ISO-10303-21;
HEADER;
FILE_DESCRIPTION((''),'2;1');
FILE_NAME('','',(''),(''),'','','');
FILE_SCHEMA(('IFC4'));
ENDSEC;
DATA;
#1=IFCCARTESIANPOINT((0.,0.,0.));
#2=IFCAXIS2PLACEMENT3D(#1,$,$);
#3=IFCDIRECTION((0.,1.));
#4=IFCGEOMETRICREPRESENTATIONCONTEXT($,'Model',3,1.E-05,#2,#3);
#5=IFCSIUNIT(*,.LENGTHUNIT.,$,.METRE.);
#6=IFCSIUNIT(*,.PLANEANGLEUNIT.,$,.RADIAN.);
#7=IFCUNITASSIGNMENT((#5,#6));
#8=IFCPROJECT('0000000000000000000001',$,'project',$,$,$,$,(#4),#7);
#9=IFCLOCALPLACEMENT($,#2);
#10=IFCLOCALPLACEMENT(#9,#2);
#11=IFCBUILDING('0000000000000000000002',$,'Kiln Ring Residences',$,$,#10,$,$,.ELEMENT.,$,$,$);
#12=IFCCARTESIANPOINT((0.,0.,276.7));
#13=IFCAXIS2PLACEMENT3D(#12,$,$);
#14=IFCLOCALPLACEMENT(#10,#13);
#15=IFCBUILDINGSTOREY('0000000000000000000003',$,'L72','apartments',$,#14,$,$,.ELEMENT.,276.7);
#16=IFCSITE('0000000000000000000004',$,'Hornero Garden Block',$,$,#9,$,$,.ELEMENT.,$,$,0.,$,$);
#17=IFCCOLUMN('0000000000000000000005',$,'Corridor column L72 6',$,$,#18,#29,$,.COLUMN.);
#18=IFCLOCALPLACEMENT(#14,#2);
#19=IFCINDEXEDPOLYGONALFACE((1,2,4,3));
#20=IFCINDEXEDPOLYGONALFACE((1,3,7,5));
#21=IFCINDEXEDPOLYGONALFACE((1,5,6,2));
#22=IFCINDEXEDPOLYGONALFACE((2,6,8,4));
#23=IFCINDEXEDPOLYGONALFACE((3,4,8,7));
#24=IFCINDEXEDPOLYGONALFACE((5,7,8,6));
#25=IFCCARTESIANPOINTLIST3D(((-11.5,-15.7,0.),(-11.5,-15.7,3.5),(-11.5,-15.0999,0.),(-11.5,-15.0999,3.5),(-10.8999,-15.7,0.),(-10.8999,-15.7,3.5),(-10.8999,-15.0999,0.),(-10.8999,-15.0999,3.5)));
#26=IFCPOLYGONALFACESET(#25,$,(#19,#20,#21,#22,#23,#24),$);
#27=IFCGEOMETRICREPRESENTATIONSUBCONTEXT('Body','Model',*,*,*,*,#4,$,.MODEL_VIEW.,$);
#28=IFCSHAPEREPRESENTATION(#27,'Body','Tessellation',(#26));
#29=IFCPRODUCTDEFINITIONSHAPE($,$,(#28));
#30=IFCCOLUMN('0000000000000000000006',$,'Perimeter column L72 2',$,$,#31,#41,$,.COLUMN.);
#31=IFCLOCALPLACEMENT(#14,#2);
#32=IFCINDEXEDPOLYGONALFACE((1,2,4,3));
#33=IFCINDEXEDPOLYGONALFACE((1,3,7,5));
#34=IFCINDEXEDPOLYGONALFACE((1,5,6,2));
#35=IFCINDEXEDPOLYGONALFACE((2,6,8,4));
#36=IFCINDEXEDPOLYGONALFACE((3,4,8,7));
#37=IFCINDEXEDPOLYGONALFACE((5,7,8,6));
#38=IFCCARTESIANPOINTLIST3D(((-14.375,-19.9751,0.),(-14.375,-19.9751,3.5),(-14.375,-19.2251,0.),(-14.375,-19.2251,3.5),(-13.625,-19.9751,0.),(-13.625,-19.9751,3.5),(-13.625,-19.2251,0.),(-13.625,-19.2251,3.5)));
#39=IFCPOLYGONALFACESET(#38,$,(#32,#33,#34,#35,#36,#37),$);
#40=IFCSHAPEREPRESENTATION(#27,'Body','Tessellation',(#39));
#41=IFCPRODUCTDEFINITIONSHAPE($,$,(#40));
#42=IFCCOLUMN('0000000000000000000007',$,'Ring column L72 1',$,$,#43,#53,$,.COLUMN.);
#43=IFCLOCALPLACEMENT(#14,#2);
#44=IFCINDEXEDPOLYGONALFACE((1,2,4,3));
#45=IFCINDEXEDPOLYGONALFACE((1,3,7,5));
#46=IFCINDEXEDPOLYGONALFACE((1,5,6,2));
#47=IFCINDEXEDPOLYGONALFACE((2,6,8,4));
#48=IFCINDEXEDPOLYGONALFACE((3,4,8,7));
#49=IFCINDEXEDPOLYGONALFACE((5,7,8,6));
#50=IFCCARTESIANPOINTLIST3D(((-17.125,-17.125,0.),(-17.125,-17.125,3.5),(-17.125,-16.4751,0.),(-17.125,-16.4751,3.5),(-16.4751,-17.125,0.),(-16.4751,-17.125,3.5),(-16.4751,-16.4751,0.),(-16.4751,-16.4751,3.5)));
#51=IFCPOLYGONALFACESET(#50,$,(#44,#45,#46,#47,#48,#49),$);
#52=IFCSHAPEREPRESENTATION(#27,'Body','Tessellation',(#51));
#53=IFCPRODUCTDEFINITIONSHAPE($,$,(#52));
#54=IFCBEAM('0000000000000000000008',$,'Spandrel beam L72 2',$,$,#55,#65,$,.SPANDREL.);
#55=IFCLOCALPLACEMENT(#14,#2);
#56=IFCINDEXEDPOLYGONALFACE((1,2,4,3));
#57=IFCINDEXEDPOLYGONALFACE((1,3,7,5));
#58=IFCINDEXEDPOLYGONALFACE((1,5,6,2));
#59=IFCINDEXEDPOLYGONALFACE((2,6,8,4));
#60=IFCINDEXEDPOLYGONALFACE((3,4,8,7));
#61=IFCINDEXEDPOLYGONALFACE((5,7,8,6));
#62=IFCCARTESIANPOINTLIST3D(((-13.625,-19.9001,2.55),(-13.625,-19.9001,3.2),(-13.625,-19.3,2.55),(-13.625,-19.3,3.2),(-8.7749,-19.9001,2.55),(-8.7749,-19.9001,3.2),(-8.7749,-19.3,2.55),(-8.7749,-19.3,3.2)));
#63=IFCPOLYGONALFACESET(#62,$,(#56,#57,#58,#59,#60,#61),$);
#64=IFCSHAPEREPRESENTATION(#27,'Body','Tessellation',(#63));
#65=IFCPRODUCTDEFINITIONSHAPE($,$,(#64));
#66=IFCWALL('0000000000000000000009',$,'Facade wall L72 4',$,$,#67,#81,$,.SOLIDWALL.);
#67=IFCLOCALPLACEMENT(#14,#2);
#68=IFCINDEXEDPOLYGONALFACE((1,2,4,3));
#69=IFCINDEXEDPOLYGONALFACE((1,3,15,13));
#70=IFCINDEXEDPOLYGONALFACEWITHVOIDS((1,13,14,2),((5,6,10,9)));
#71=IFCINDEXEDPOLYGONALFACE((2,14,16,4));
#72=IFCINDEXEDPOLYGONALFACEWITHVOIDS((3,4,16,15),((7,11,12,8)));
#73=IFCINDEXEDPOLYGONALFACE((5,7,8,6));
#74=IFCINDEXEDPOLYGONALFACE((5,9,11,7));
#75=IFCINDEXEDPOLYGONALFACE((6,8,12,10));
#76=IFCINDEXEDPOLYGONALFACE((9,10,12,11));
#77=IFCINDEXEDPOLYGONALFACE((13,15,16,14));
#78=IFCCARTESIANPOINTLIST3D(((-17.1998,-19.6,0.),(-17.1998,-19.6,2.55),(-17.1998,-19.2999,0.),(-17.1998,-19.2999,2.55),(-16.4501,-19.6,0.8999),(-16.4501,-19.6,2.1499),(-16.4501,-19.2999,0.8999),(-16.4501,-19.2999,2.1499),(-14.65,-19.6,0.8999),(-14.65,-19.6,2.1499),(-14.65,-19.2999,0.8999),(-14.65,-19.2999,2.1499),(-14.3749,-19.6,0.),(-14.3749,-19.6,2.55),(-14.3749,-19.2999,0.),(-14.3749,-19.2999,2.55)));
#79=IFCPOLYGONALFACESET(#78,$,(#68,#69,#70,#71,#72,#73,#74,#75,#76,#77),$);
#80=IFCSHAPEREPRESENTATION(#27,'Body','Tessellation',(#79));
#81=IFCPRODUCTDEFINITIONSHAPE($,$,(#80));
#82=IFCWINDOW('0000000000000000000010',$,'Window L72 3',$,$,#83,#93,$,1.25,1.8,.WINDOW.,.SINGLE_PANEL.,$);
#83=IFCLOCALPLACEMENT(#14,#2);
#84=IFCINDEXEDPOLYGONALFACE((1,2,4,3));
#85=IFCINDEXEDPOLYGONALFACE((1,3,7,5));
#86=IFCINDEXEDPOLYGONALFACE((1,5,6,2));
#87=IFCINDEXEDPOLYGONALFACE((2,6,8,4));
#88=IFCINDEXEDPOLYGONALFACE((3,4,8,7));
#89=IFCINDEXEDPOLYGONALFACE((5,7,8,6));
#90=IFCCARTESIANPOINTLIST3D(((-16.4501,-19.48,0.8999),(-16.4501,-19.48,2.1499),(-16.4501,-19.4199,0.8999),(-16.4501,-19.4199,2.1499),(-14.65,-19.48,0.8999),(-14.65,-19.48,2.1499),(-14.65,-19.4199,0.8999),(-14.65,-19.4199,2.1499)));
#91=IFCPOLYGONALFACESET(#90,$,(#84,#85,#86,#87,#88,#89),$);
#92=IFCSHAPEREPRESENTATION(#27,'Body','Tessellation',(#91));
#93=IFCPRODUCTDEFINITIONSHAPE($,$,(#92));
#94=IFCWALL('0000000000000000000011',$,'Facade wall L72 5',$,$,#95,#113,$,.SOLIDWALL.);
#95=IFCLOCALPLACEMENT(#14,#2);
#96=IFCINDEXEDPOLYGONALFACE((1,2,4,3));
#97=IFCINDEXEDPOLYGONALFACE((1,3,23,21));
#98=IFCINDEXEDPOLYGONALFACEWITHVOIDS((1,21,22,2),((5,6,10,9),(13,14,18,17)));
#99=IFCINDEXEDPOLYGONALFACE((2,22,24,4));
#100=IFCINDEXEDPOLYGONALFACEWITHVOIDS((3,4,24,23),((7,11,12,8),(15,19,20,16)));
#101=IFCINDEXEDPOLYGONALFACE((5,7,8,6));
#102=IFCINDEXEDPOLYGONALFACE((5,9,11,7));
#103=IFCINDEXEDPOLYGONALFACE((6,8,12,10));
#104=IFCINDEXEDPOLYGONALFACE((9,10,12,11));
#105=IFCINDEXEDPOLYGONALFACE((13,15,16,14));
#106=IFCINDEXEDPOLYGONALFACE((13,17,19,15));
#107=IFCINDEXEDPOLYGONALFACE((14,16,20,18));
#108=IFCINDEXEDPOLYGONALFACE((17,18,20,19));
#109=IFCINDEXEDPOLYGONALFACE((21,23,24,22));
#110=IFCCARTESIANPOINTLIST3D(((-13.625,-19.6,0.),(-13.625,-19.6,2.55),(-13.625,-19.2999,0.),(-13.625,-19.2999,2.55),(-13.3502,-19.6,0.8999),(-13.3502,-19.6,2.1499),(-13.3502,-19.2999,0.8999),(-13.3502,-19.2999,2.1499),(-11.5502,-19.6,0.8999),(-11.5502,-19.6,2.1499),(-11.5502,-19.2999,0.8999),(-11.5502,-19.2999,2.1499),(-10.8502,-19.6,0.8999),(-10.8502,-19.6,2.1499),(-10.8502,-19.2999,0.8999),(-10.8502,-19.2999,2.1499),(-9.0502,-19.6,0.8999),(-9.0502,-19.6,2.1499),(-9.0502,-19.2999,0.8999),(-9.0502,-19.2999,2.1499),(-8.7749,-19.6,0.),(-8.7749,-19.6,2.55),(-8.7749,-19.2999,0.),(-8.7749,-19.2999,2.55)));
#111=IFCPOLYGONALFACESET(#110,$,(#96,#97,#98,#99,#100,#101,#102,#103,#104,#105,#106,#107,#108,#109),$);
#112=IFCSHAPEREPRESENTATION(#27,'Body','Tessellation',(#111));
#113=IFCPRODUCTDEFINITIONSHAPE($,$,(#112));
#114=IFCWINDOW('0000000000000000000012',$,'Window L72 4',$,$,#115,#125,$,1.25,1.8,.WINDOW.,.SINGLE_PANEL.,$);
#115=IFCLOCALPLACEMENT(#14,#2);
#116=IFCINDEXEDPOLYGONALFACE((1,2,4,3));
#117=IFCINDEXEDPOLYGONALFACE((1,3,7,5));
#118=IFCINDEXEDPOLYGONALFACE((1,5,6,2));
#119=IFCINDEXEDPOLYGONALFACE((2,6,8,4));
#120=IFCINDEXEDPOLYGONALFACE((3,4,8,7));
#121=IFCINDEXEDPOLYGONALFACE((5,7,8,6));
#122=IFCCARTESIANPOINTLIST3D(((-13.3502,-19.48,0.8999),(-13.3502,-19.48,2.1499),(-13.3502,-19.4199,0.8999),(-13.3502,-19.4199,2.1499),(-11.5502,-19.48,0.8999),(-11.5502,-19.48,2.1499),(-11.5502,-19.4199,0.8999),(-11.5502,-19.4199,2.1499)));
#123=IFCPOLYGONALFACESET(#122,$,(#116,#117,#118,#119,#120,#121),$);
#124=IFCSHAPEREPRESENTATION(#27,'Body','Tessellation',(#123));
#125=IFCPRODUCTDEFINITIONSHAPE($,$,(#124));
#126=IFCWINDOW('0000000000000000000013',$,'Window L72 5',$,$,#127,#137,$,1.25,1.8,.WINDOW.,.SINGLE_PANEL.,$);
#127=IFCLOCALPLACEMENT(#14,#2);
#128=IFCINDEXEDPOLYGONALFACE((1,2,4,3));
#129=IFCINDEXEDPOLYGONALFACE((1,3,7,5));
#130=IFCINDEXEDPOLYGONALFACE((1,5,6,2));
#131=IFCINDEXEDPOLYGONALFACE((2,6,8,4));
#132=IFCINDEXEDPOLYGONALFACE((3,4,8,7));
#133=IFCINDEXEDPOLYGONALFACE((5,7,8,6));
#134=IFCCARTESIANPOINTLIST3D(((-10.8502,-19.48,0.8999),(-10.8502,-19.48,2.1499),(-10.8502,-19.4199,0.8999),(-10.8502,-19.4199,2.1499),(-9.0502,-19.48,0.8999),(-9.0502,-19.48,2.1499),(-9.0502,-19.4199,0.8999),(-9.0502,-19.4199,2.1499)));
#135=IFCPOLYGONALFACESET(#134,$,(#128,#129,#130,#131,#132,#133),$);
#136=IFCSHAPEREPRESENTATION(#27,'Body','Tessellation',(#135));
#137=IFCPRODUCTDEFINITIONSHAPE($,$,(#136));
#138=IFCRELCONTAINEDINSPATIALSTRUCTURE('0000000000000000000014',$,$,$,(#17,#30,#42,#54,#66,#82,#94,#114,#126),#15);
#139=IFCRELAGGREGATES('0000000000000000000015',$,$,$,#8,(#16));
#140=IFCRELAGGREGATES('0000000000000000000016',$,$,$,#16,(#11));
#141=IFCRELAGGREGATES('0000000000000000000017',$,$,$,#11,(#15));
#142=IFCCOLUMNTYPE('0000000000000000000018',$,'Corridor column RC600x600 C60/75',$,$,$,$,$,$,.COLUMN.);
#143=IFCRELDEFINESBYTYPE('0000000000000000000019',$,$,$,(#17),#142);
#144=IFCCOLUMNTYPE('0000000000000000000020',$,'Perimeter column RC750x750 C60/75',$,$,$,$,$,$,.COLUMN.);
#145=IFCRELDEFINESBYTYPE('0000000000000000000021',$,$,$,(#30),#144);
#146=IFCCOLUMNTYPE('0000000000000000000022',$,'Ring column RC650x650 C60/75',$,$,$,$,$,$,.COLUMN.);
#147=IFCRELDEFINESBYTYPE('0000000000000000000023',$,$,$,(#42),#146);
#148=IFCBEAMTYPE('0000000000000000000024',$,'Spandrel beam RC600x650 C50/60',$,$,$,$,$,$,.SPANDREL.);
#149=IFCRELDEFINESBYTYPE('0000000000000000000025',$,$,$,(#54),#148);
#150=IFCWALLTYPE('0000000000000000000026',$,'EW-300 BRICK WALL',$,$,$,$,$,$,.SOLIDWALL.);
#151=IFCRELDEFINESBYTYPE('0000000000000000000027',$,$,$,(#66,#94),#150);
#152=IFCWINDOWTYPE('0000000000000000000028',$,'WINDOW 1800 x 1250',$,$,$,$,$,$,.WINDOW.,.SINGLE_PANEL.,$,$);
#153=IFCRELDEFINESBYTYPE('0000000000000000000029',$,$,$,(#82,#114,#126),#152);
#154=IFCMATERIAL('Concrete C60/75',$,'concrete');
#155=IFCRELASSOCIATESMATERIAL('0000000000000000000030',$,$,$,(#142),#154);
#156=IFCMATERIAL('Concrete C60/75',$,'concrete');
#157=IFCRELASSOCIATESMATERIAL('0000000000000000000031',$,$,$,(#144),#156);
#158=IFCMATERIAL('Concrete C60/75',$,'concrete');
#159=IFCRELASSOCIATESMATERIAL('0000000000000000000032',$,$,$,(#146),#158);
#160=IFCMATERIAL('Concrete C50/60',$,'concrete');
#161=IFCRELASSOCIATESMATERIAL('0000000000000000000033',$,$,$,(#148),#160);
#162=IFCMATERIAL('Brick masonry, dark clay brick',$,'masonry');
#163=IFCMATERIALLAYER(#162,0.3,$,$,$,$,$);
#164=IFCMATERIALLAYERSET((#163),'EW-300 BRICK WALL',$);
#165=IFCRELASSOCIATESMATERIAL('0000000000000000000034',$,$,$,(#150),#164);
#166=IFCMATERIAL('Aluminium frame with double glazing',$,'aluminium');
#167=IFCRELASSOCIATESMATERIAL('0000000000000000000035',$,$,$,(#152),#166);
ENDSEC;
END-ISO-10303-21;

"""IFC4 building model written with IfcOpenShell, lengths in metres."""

from ifc_helpers import new_model, si_unit, direction, frame, frame_2d, origin, origin_2d, place, context, subcontext, project, spatial, rectangle, extrude, material, layer, layer_set, material_profile, profile_set, type_object, element, fill, save


model = new_model("IFC4")

# Units and contexts
model_context = context("Model", 3, precision=1e-05, world=origin(), true_north=direction((0.0, 1.0)))
body_context = subcontext(model_context, "Body", "Model", "MODEL_VIEW")
ifc_project = project(units=[si_unit("LENGTHUNIT", "METRE"), si_unit("PLANEANGLEUNIT", "RADIAN")], contexts=[model_context])

# Site, building, storey
site_placement = place(None, origin())
site = spatial("IfcSite", under=ifc_project, at=site_placement, Name="Hornero Garden Block", CompositionType="ELEMENT", RefElevation=0.0)
building_placement = place(site_placement, origin())
building = spatial("IfcBuilding", under=site, at=building_placement, Name="Kiln Ring Residences", CompositionType="ELEMENT")
storey_placement = place(building_placement, frame((0.0, 0.0, 276.7)))
storey = spatial("IfcBuildingStorey", under=building, at=storey_placement, Name="L72", Description="apartments", CompositionType="ELEMENT", Elevation=276.7)

# Columns
ifc_material_1 = material(Name="Concrete C60/75", Category="concrete")
ifc_material_profile_1 = material_profile(ifc_material_1, rectangle(XDim=0.6001, YDim=0.6001, at=origin_2d()), Name="RC600x600")
ifc_profile_set_1 = profile_set([ifc_material_profile_1], Name="Concrete C60/75")
column_type_1 = type_object("IfcColumnType", Name="Corridor column RC600x600 C60/75", PredefinedType="COLUMN", material=ifc_profile_set_1)
column_1_placement = place(storey_placement, frame((-11.2, -15.3999, 0.0), z_axis=(0.0, 0.0, 1.0), x_axis=(1.0, 0.0, 0.0)))
element("IfcColumn", 1, at=column_1_placement, inside=storey, type_object=column_type_1, Name="Corridor column L72 6", PredefinedType="COLUMN", context=body_context, shape_type="SweptSolid", body=[
    extrude(rectangle(XDim=0.6001, YDim=0.6001, at=origin_2d()), origin(), (0.0, 0.0, 1.0), 3.5),
])
ifc_material_2 = material(Name="Concrete C60/75", Category="concrete")
ifc_material_profile_2 = material_profile(ifc_material_2, rectangle(XDim=0.75, YDim=0.75, at=origin_2d()), Name="RC750x750")
ifc_profile_set_2 = profile_set([ifc_material_profile_2], Name="Concrete C60/75")
column_type_2 = type_object("IfcColumnType", Name="Perimeter column RC750x750 C60/75", PredefinedType="COLUMN", material=ifc_profile_set_2)
column_2_placement = place(storey_placement, frame((-14.0, -19.6001, 0.0), z_axis=(0.0, 0.0, 1.0), x_axis=(1.0, 0.0, 0.0)))
element("IfcColumn", 2, at=column_2_placement, inside=storey, type_object=column_type_2, Name="Perimeter column L72 2", PredefinedType="COLUMN", context=body_context, shape_type="SweptSolid", body=[
    extrude(rectangle(XDim=0.75, YDim=0.75, at=origin_2d()), origin(), (0.0, 0.0, 1.0), 3.5),
])
ifc_material_3 = material(Name="Concrete C60/75", Category="concrete")
ifc_material_profile_3 = material_profile(ifc_material_3, rectangle(XDim=0.6499, YDim=0.6499, at=origin_2d()), Name="RC650x650")
ifc_profile_set_3 = profile_set([ifc_material_profile_3], Name="Concrete C60/75")
column_type_3 = type_object("IfcColumnType", Name="Ring column RC650x650 C60/75", PredefinedType="COLUMN", material=ifc_profile_set_3)
column_3_placement = place(storey_placement, frame((-16.8, -16.8, 0.0), z_axis=(0.0, 0.0, 1.0), x_axis=(1.0, 0.0, 0.0)))
element("IfcColumn", 3, at=column_3_placement, inside=storey, type_object=column_type_3, Name="Ring column L72 1", PredefinedType="COLUMN", context=body_context, shape_type="SweptSolid", body=[
    extrude(rectangle(XDim=0.6499, YDim=0.6499, at=origin_2d()), origin(), (0.0, 0.0, 1.0), 3.5),
])

# Beam
ifc_material_4 = material(Name="Concrete C50/60", Category="concrete")
ifc_material_profile_4 = material_profile(ifc_material_4, rectangle(XDim=0.6001, YDim=0.6499, at=origin_2d()), Name="RC600x650")
ifc_profile_set_4 = profile_set([ifc_material_profile_4], Name="Concrete C50/60")
beam_type = type_object("IfcBeamType", Name="Spandrel beam RC600x650 C50/60", PredefinedType="SPANDREL", material=ifc_profile_set_4)
beam_placement = place(storey_placement, frame((-13.625, -19.6001, 2.875), z_axis=(1.0, 0.0, 0.0), x_axis=(0.0, 1.0, 0.0)))
element("IfcBeam", 4, at=beam_placement, inside=storey, type_object=beam_type, Name="Spandrel beam L72 2", PredefinedType="SPANDREL", context=body_context, shape_type="SweptSolid", body=[
    extrude(rectangle(XDim=0.6001, YDim=0.6499, at=origin_2d()), origin(), (0.0, 0.0, 1.0), 4.8501),
])

# Wall, opening, window
ifc_material_5 = material(Name="Brick masonry, dark clay brick", Category="masonry")
ifc_layer_1 = layer(ifc_material_5, 0.3)
ifc_layer_set_1 = layer_set([ifc_layer_1], Name="EW-300 BRICK WALL")
wall_type_1 = type_object("IfcWallType", Name="EW-300 BRICK WALL", PredefinedType="SOLIDWALL", material=ifc_layer_set_1)
wall_1_placement = place(storey_placement, frame((-17.2, -19.45, 0.0), z_axis=(0.0, 0.0, 1.0), x_axis=(1.0, 0.0, 0.0)))
wall_1 = element("IfcWall", 5, at=wall_1_placement, inside=storey, type_object=wall_type_1, Name="Facade wall L72 4", PredefinedType="SOLIDWALL", context=body_context, shape_type="SweptSolid", body=[
    extrude(rectangle(XDim=2.825, YDim=0.3, at=frame_2d((1.4126, 0.0))), origin(), (0.0, 0.0, 1.0), 2.55),
])
opening_1_placement = place(wall_1_placement, frame((0.75, 0.0, 0.8999)))
opening_1 = element("IfcOpeningElement", 6, at=opening_1_placement, cuts=wall_1, PredefinedType="OPENING", context=body_context, shape_type="SweptSolid", body=[
    extrude(rectangle(XDim=1.8, YDim=1.25, at=frame_2d((0.8999, 0.625))), frame((0.0, 0.1599, 0.0), z_axis=(0.0, -1.0, 0.0), x_axis=(1.0, 0.0, 0.0)), (0.0, 0.0, 1.0), 0.3201),
])
ifc_material_6 = material(Name="Aluminium frame with double glazing", Category="aluminium")
window_type = type_object("IfcWindowType", Name="WINDOW 1800 x 1250", PartitioningType="SINGLE_PANEL", PredefinedType="WINDOW", material=ifc_material_6)
window_1_placement = place(opening_1_placement, origin())
window_1 = element("IfcWindow", 7, at=window_1_placement, inside=storey, type_object=window_type, Name="Window L72 3", OverallHeight=1.25, OverallWidth=1.8, PartitioningType="SINGLE_PANEL", PredefinedType="WINDOW", context=body_context, shape_type="SweptSolid", body=[
    extrude(rectangle(XDim=1.8, YDim=1.25, at=frame_2d((0.8999, 0.625))), frame((0.0, 0.03, 0.0), z_axis=(0.0, -1.0, 0.0), x_axis=(1.0, 0.0, 0.0)), (0.0, 0.0, 1.0), 0.0601),
])
fill(opening_1, window_1)

# Wall, openings, windows
wall_2_placement = place(storey_placement, frame((-13.625, -19.45, 0.0), z_axis=(0.0, 0.0, 1.0), x_axis=(1.0, 0.0, 0.0)))
wall_2 = element("IfcWall", 8, at=wall_2_placement, inside=storey, type_object=wall_type_1, Name="Facade wall L72 5", PredefinedType="SOLIDWALL", context=body_context, shape_type="SweptSolid", body=[
    extrude(rectangle(XDim=4.8501, YDim=0.3, at=frame_2d((2.425, 0.0))), origin(), (0.0, 0.0, 1.0), 2.55),
])
opening_2_placement = place(wall_2_placement, frame((0.2749, 0.0, 0.8999)))
opening_2 = element("IfcOpeningElement", 9, at=opening_2_placement, cuts=wall_2, PredefinedType="OPENING", context=body_context, shape_type="SweptSolid", body=[
    extrude(rectangle(XDim=1.8, YDim=1.25, at=frame_2d((0.8999, 0.625))), frame((0.0, 0.1599, 0.0), z_axis=(0.0, -1.0, 0.0), x_axis=(1.0, 0.0, 0.0)), (0.0, 0.0, 1.0), 0.3201),
])
opening_3_placement = place(wall_2_placement, frame((2.7749, 0.0, 0.8999)))
opening_3 = element("IfcOpeningElement", 10, at=opening_3_placement, cuts=wall_2, PredefinedType="OPENING", context=body_context, shape_type="SweptSolid", body=[
    extrude(rectangle(XDim=1.8, YDim=1.25, at=frame_2d((0.8999, 0.625))), frame((0.0, 0.1599, 0.0), z_axis=(0.0, -1.0, 0.0), x_axis=(1.0, 0.0, 0.0)), (0.0, 0.0, 1.0), 0.3201),
])
window_2_placement = place(opening_2_placement, origin())
window_2 = element("IfcWindow", 11, at=window_2_placement, inside=storey, type_object=window_type, Name="Window L72 4", OverallHeight=1.25, OverallWidth=1.8, PartitioningType="SINGLE_PANEL", PredefinedType="WINDOW", context=body_context, shape_type="SweptSolid", body=[
    extrude(rectangle(XDim=1.8, YDim=1.25, at=frame_2d((0.8999, 0.625))), frame((0.0, 0.03, 0.0), z_axis=(0.0, -1.0, 0.0), x_axis=(1.0, 0.0, 0.0)), (0.0, 0.0, 1.0), 0.0601),
])
fill(opening_2, window_2)
window_3_placement = place(opening_3_placement, origin())
window_3 = element("IfcWindow", 12, at=window_3_placement, inside=storey, type_object=window_type, Name="Window L72 5", OverallHeight=1.25, OverallWidth=1.8, PartitioningType="SINGLE_PANEL", PredefinedType="WINDOW", context=body_context, shape_type="SweptSolid", body=[
    extrude(rectangle(XDim=1.8, YDim=1.25, at=frame_2d((0.8999, 0.625))), frame((0.0, 0.03, 0.0), z_axis=(0.0, -1.0, 0.0), x_axis=(1.0, 0.0, 0.0)), (0.0, 0.0, 1.0), 0.0601),
])
fill(opening_3, window_3)

save(model, "model.ifc")
